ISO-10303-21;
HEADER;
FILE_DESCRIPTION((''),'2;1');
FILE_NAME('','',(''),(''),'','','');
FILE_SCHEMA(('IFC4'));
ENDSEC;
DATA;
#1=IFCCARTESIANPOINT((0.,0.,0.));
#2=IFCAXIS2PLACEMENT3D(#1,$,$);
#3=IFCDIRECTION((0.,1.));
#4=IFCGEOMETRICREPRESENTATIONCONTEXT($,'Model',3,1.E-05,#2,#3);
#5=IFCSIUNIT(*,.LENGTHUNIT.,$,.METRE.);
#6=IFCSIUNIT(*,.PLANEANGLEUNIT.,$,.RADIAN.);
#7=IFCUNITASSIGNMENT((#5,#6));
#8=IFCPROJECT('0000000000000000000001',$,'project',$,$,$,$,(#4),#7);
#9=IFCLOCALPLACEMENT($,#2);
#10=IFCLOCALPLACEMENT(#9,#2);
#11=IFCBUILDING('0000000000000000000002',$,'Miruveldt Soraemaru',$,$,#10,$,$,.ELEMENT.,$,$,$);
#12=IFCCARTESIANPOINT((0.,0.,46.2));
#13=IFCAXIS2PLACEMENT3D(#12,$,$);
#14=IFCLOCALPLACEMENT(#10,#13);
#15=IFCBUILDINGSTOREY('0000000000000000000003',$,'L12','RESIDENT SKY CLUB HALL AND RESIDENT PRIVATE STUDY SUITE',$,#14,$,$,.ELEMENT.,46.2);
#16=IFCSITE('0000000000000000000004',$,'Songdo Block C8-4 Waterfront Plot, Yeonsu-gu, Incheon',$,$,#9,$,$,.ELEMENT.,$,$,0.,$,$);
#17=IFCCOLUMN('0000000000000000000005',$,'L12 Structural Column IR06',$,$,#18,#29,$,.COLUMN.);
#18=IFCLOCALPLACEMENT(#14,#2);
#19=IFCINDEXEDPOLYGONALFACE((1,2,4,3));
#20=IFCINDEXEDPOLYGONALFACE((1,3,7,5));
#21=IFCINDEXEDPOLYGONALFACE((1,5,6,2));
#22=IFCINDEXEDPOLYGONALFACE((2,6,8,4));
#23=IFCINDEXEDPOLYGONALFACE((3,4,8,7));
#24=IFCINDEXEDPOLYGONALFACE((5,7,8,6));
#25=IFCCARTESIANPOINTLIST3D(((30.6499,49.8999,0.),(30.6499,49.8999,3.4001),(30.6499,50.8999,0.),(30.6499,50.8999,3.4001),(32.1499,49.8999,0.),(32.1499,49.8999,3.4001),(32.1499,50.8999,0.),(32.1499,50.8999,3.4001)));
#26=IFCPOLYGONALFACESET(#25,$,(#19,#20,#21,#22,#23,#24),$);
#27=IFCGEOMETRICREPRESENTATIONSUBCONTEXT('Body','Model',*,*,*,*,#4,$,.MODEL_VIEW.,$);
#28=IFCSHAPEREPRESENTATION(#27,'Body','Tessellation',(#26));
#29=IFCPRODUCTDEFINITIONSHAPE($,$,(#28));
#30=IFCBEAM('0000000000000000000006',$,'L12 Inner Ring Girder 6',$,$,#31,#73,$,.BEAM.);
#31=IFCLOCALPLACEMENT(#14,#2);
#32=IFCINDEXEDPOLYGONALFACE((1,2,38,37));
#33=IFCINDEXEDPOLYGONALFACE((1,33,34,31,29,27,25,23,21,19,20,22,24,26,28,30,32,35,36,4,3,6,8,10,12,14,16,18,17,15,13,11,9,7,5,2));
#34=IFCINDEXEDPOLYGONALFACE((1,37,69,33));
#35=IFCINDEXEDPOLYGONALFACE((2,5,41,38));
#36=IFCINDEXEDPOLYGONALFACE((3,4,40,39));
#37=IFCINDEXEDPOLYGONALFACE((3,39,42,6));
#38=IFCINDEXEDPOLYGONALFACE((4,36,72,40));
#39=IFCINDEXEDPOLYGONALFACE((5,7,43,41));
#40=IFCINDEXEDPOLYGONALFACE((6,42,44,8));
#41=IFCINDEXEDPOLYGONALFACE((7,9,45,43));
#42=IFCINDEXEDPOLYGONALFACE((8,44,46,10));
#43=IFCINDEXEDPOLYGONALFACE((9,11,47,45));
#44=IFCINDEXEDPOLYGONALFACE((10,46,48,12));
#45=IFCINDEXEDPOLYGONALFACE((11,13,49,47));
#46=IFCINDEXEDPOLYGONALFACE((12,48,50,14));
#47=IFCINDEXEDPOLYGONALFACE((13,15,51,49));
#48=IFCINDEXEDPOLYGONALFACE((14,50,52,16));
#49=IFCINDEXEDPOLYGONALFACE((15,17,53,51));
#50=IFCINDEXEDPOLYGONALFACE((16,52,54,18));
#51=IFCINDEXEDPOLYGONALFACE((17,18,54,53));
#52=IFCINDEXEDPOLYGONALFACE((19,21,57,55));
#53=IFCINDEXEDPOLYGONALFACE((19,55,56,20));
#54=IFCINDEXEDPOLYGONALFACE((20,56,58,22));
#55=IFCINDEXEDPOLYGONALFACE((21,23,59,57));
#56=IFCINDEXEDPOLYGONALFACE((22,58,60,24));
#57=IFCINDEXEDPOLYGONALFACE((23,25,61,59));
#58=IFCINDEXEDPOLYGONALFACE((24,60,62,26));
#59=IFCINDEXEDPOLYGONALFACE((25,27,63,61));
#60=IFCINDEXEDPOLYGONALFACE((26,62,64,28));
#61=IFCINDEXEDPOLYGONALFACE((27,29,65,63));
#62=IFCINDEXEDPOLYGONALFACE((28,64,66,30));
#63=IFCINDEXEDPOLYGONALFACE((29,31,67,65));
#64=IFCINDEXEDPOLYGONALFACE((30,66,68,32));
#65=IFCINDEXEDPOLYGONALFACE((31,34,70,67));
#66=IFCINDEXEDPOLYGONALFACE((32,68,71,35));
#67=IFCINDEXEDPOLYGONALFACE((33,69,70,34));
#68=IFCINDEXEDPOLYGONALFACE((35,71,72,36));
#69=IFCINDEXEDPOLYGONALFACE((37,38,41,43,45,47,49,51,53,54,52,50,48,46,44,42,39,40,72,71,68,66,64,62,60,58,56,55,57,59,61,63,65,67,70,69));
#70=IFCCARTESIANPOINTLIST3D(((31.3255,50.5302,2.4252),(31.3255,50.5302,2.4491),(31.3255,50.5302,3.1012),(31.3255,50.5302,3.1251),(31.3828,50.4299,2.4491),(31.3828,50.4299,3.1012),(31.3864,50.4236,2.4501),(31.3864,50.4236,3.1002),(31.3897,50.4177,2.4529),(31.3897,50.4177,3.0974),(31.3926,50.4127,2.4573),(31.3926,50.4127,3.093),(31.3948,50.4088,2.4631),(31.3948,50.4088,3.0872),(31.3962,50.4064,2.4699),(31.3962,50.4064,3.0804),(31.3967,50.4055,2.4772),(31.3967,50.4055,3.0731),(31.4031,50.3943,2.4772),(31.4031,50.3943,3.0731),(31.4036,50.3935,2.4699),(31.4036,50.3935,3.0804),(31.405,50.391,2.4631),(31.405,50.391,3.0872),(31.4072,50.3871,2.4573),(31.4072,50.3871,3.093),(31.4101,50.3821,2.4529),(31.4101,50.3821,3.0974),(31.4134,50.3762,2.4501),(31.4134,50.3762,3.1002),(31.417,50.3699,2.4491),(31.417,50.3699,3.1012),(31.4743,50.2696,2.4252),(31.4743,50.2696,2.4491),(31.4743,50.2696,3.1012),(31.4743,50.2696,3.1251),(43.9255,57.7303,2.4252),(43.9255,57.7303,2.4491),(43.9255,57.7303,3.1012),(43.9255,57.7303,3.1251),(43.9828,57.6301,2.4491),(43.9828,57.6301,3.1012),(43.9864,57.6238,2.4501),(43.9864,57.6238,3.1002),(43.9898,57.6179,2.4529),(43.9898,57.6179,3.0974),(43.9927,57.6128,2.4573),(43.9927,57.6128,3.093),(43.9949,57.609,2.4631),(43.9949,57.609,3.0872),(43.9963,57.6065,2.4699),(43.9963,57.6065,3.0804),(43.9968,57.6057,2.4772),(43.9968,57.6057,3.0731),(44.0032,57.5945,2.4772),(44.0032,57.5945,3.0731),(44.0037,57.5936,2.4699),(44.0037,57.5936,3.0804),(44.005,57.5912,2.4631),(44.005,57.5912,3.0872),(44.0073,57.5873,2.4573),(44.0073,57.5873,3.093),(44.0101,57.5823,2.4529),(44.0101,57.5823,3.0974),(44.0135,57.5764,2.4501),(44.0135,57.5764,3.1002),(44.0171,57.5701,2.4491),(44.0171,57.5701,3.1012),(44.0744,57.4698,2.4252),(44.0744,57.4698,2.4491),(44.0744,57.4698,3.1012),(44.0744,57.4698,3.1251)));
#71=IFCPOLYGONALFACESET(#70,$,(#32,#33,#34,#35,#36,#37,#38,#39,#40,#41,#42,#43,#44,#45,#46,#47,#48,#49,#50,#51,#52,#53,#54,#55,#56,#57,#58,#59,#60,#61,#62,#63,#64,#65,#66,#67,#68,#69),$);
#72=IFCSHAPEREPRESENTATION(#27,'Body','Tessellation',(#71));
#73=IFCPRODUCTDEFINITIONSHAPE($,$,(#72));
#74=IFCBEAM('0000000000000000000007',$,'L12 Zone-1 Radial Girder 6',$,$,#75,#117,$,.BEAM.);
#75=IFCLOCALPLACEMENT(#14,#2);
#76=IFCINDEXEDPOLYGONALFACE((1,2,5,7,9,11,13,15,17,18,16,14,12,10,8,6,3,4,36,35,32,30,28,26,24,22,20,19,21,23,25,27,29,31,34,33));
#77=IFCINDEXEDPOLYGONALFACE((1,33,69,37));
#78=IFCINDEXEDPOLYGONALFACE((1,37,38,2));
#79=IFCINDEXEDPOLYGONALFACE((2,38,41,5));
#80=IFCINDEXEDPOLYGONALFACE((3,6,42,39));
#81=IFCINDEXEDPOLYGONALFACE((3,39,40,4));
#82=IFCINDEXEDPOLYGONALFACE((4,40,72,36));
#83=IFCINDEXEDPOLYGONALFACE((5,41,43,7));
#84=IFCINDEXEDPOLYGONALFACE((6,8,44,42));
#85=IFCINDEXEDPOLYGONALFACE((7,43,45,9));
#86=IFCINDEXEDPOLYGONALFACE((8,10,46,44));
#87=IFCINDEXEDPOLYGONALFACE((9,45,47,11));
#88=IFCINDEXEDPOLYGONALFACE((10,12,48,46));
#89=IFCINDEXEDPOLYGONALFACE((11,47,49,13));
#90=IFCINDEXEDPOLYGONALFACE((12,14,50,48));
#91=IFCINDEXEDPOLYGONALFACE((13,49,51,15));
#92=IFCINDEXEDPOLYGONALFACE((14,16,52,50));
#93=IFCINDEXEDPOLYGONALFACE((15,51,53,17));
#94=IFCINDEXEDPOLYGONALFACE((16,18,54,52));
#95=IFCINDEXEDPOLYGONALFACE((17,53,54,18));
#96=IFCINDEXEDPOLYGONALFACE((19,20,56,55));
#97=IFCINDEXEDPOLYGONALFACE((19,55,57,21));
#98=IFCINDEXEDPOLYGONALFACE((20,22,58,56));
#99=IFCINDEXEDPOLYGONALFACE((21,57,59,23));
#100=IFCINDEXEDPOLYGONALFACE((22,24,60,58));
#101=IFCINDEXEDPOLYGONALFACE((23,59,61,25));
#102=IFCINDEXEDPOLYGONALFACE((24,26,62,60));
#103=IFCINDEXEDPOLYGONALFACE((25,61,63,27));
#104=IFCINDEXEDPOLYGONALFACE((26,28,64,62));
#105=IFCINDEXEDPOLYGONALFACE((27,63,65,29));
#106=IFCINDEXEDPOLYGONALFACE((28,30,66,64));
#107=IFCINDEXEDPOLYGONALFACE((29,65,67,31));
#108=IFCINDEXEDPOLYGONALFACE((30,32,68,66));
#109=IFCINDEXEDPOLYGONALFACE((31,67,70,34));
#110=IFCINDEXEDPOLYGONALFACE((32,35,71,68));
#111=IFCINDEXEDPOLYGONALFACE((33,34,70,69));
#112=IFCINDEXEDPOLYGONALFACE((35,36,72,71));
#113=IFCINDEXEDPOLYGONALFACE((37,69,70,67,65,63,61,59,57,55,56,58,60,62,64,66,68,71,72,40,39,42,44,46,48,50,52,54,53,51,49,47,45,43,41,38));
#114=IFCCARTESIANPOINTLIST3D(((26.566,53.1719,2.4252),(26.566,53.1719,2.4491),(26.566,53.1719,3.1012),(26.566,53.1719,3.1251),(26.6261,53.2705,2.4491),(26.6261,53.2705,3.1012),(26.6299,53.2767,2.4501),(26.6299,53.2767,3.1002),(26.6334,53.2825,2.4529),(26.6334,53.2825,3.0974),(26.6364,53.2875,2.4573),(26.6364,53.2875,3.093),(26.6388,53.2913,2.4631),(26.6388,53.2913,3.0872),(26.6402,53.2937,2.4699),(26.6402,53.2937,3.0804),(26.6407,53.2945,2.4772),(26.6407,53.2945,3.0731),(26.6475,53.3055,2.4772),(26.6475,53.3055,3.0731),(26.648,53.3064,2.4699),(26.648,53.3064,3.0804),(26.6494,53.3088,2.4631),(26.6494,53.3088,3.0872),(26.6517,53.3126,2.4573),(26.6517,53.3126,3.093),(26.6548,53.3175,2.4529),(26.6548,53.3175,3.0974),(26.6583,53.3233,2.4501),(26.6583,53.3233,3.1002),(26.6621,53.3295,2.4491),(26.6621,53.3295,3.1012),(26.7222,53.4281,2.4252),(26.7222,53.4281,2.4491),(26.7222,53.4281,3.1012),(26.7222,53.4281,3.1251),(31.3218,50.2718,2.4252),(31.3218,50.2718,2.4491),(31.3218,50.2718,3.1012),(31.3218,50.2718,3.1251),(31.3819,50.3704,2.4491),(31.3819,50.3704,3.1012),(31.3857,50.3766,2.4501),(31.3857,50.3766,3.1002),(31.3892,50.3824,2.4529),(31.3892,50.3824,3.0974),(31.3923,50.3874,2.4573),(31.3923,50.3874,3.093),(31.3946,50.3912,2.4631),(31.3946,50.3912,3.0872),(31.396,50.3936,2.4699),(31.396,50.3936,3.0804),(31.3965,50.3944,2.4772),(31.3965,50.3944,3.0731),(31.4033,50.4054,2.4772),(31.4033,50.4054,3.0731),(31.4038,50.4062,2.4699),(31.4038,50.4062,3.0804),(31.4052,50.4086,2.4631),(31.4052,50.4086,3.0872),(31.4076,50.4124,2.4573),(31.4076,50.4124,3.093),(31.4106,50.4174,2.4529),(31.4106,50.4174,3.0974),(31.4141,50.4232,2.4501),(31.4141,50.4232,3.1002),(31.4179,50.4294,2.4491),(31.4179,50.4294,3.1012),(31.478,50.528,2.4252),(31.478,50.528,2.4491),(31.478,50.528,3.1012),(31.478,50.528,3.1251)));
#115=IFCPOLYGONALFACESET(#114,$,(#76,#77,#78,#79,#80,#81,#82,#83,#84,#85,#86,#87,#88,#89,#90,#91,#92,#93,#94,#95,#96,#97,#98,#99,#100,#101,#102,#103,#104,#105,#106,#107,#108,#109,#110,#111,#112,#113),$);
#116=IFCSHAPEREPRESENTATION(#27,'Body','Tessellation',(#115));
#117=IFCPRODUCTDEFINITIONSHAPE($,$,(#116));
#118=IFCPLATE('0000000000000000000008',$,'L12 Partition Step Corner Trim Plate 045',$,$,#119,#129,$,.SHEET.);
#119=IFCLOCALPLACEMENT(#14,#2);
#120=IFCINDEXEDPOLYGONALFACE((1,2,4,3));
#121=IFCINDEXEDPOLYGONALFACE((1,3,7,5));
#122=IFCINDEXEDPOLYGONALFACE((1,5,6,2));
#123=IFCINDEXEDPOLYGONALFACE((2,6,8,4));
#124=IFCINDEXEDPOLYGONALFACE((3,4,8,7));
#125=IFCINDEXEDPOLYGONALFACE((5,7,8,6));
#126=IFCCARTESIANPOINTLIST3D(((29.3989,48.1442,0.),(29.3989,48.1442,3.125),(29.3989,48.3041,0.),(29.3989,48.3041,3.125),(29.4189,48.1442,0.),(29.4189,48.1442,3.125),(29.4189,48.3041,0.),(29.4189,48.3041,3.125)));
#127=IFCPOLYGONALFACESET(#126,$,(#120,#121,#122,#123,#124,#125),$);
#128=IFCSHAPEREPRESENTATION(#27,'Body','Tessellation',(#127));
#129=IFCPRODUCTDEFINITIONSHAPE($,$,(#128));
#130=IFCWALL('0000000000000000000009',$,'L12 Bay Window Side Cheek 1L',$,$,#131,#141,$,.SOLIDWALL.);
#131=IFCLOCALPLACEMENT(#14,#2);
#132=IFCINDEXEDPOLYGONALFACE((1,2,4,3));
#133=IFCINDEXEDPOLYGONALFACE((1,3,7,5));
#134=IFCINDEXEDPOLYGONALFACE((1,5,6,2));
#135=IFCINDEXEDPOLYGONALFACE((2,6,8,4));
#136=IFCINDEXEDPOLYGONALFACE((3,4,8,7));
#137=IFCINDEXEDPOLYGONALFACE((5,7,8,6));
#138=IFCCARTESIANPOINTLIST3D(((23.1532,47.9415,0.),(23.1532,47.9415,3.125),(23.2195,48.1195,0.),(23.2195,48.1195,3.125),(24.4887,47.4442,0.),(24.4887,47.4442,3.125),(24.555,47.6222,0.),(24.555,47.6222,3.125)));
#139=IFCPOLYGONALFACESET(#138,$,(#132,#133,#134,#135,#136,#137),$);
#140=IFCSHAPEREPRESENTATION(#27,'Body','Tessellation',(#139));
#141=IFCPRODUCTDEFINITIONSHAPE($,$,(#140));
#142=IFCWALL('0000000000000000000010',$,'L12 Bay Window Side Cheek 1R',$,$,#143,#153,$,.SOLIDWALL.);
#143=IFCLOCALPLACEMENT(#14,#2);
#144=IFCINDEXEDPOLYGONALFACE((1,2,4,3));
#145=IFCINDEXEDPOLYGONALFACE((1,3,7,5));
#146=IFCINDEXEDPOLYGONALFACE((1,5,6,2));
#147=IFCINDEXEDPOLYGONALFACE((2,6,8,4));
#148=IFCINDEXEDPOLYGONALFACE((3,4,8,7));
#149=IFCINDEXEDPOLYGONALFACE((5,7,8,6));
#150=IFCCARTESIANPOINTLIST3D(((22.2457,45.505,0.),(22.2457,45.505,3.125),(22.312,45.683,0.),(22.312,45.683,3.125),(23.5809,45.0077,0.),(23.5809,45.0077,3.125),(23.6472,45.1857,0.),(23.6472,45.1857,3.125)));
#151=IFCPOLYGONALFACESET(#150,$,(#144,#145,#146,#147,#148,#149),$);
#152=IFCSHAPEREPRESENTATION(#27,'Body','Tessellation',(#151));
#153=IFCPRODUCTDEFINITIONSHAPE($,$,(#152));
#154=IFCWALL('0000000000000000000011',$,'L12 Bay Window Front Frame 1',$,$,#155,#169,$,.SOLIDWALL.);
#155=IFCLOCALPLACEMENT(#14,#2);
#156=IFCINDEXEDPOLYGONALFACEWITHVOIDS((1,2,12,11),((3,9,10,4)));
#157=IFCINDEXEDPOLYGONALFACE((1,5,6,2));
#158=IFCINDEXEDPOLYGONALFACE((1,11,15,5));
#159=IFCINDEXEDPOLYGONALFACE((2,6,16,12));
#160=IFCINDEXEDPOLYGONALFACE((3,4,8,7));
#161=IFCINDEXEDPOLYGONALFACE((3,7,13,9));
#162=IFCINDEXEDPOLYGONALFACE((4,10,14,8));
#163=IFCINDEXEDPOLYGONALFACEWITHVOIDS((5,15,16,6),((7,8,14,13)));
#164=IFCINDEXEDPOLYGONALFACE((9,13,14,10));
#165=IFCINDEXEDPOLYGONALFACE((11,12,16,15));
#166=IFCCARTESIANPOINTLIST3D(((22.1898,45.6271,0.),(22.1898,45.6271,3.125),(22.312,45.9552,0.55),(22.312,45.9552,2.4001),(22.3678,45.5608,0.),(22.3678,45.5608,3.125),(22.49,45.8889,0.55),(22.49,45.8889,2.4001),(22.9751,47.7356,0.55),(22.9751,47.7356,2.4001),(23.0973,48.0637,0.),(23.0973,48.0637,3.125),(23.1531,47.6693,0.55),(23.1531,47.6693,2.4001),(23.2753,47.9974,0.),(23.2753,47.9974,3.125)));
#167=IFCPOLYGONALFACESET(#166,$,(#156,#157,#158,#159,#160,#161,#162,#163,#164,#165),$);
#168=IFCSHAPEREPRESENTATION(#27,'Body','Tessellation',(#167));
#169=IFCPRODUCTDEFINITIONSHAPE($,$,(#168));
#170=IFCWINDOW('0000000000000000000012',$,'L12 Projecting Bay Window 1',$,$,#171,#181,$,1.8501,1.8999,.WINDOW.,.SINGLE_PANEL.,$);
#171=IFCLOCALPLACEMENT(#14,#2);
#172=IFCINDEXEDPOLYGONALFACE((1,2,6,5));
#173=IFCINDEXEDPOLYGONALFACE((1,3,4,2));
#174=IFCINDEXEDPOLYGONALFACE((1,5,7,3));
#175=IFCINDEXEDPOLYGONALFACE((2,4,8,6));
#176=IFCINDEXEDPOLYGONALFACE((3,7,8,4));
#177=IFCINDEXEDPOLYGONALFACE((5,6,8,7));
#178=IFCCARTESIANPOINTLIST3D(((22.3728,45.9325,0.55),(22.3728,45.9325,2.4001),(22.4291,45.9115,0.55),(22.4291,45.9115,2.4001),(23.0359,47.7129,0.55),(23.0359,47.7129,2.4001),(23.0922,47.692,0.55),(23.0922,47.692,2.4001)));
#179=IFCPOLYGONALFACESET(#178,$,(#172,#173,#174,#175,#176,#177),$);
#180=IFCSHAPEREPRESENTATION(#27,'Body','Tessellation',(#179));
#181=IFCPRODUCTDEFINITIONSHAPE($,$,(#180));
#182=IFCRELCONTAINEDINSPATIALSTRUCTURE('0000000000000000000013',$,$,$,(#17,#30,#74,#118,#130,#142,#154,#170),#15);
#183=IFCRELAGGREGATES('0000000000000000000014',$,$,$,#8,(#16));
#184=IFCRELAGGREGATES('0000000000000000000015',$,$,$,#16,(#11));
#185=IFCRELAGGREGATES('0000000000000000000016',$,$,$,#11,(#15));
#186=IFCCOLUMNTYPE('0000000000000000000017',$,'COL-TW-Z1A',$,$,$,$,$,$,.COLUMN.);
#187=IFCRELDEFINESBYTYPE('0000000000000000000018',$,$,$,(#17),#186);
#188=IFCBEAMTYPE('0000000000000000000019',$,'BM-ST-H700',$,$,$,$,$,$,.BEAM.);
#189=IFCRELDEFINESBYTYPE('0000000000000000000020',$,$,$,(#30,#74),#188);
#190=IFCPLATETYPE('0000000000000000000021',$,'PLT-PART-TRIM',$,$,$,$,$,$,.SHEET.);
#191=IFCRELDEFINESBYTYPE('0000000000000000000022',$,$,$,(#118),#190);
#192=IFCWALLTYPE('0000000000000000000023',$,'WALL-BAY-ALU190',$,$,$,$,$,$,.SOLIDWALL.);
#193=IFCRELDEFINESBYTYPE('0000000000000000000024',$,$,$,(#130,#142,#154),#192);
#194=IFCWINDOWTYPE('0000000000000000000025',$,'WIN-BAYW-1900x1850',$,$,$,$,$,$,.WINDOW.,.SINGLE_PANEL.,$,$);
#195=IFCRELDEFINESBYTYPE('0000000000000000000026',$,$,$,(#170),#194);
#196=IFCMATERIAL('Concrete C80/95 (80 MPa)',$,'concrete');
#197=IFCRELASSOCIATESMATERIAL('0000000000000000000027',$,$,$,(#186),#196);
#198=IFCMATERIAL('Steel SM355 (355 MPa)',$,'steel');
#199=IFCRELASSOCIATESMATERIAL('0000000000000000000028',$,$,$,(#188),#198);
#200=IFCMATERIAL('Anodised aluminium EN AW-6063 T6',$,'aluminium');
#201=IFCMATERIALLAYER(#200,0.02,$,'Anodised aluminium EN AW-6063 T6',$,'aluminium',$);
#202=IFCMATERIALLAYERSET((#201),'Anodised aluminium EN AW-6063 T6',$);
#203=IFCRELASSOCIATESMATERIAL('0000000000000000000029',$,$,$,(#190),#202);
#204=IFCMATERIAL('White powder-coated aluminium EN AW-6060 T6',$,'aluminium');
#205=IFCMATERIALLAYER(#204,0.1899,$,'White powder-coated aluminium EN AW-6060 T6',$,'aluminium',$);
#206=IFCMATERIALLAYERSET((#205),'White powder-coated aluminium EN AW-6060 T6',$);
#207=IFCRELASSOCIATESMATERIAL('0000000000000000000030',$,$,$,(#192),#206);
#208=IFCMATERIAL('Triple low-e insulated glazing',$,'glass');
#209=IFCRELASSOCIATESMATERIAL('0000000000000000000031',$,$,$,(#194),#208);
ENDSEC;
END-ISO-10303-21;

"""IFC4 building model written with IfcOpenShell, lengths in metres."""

from ifc_helpers import new_model, si_unit, direction, frame, frame_2d, origin, origin_2d, place, context, subcontext, project, spatial, rectangle, i_section, extrude, material, layer, layer_set, material_profile, profile_set, type_object, element, fill, save


model = new_model("IFC4")

# Units and contexts
model_context = context("Model", 3, precision=1e-05, world=origin(), true_north=direction((0.0, 1.0)))
body_context = subcontext(model_context, "Body", "Model", "MODEL_VIEW")
ifc_project = project(units=[si_unit("LENGTHUNIT", "METRE"), si_unit("PLANEANGLEUNIT", "RADIAN")], contexts=[model_context])

# Site, building, storey
site_placement = place(None, origin())
site = spatial("IfcSite", under=ifc_project, at=site_placement, Name="Songdo Block C8-4 Waterfront Plot, Yeonsu-gu, Incheon", CompositionType="ELEMENT", RefElevation=0.0)
building_placement = place(site_placement, origin())
building = spatial("IfcBuilding", under=site, at=building_placement, Name="Miruveldt Soraemaru", CompositionType="ELEMENT")
storey_placement = place(building_placement, frame((0.0, 0.0, 46.2)))
storey = spatial("IfcBuildingStorey", under=building, at=storey_placement, Name="L12", Description="RESIDENT SKY CLUB HALL AND RESIDENT PRIVATE STUDY SUITE", CompositionType="ELEMENT", Elevation=46.2)

# Column
ifc_material_1 = material(Name="Concrete C80/95 (80 MPa)", Category="concrete")
ifc_material_profile_1 = material_profile(ifc_material_1, rectangle(XDim=1.5, YDim=1.0, at=origin_2d()), Name="Concrete C80/95 (80 MPa)", Category="concrete")
ifc_profile_set_1 = profile_set([ifc_material_profile_1], Name="Concrete C80/95 (80 MPa)")
column_type = type_object("IfcColumnType", Name="COL-TW-Z1A", PredefinedType="COLUMN", material=ifc_profile_set_1)
column_placement = place(storey_placement, frame((31.3999, 50.3999, 0.0), z_axis=(0.0, 0.0, 1.0), x_axis=(1.0, 0.0, 0.0)))
element("IfcColumn", 1, at=column_placement, inside=storey, type_object=column_type, Name="L12 Structural Column IR06", PredefinedType="COLUMN", context=body_context, shape_type="SweptSolid", body=[
    extrude(rectangle(XDim=1.5, YDim=1.0, at=origin_2d()), origin(), (0.0, 0.0, 1.0), 3.4001),
])

# Beams
ifc_material_2 = material(Name="Steel SM355 (355 MPa)", Category="steel")
ifc_material_profile_2 = material_profile(ifc_material_2, i_section(OverallWidth=0.3, OverallDepth=0.7, WebThickness=0.0129, FlangeThickness=0.0239, FilletRadius=0.0281, at=origin_2d()), Name="Steel SM355 (355 MPa)", Category="steel")
ifc_profile_set_2 = profile_set([ifc_material_profile_2], Name="Steel SM355 (355 MPa)")
beam_type = type_object("IfcBeamType", Name="BM-ST-H700", PredefinedType="BEAM", material=ifc_profile_set_2)
beam_1_placement = place(storey_placement, frame((31.3999, 50.3999, 2.7751), z_axis=(0.868239, 0.496146, 0.0), x_axis=(-0.496146, 0.868239, 0.0)))
element("IfcBeam", 2, at=beam_1_placement, inside=storey, type_object=beam_type, Name="L12 Inner Ring Girder 6", PredefinedType="BEAM", context=body_context, shape_type="SweptSolid", body=[
    extrude(i_section(OverallWidth=0.3, OverallDepth=0.7, WebThickness=0.0129, FlangeThickness=0.0239, FilletRadius=0.0281, at=origin_2d()), origin(), (0.0, 0.0, 1.0), 14.5122),
])
beam_2_placement = place(storey_placement, frame((31.3999, 50.3999, 2.7751), z_axis=(-0.853778, 0.520638, 0.0), x_axis=(-0.520638, -0.853778, 0.0)))
element("IfcBeam", 3, at=beam_2_placement, inside=storey, type_object=beam_type, Name="L12 Zone-1 Radial Girder 6", PredefinedType="BEAM", context=body_context, shape_type="SweptSolid", body=[
    extrude(i_section(OverallWidth=0.3, OverallDepth=0.7, WebThickness=0.0129, FlangeThickness=0.0239, FilletRadius=0.0281, at=origin_2d()), origin(), (0.0, 0.0, 1.0), 5.5703),
])

# Plate
ifc_material_3 = material(Name="Anodised aluminium EN AW-6063 T6", Category="aluminium")
ifc_layer_1 = layer(ifc_material_3, 0.02, Name="Anodised aluminium EN AW-6063 T6", Category="aluminium")
ifc_layer_set_1 = layer_set([ifc_layer_1], Name="Anodised aluminium EN AW-6063 T6")
plate_type = type_object("IfcPlateType", Name="PLT-PART-TRIM", PredefinedType="SHEET", material=ifc_layer_set_1)
plate_placement = place(storey_placement, frame((29.4089, 48.2241, 0.0), z_axis=(0.0, 0.0, 1.0), x_axis=(0.0, -1.0, 0.0)))
element("IfcPlate", 4, at=plate_placement, inside=storey, type_object=plate_type, Name="L12 Partition Step Corner Trim Plate 045", PredefinedType="SHEET", context=body_context, shape_type="SweptSolid", body=[
    extrude(rectangle(XDim=0.1599, YDim=0.02, at=origin_2d()), origin(), (0.0, 0.0, 1.0), 3.125),
])

# Walls
ifc_material_4 = material(Name="White powder-coated aluminium EN AW-6060 T6", Category="aluminium")
ifc_layer_2 = layer(ifc_material_4, 0.1899, Name="White powder-coated aluminium EN AW-6060 T6", Category="aluminium")
ifc_layer_set_2 = layer_set([ifc_layer_2], Name="White powder-coated aluminium EN AW-6060 T6")
wall_type_1 = type_object("IfcWallType", Name="WALL-BAY-ALU190", PredefinedType="SOLIDWALL", material=ifc_layer_set_2)
wall_1_placement = place(storey_placement, frame((24.5217, 47.5332, 0.0), z_axis=(0.0, 0.0, 1.0), x_axis=(-0.937129, 0.348982, 0.0)))
element("IfcWall", 5, at=wall_1_placement, inside=storey, type_object=wall_type_1, Name="L12 Bay Window Side Cheek 1L", PredefinedType="SOLIDWALL", context=body_context, shape_type="SweptSolid", body=[
    extrude(rectangle(XDim=1.425, YDim=0.1899, at=frame_2d((0.7124, 0.0))), origin(), (0.0, 0.0, 1.0), 3.125),
])
wall_2_placement = place(storey_placement, frame((22.2788, 45.594, 0.0), z_axis=(0.0, 0.0, 1.0), x_axis=(0.937108, -0.349038, 0.0)))
element("IfcWall", 6, at=wall_2_placement, inside=storey, type_object=wall_type_1, Name="L12 Bay Window Side Cheek 1R", PredefinedType="SOLIDWALL", context=body_context, shape_type="SweptSolid", body=[
    extrude(rectangle(XDim=1.4248, YDim=0.1899, at=frame_2d((0.7124, 0.0))), origin(), (0.0, 0.0, 1.0), 3.125),
])

# Wall, opening, window
wall_3_placement = place(storey_placement, frame((23.1863, 48.0305, 0.0), z_axis=(0.0, 0.0, 1.0), x_axis=(-0.349023, -0.937114, 0.0)))
wall_3 = element("IfcWall", 7, at=wall_3_placement, inside=storey, type_object=wall_type_1, Name="L12 Bay Window Front Frame 1", PredefinedType="SOLIDWALL", context=body_context, shape_type="SweptSolid", body=[
    extrude(rectangle(XDim=2.6001, YDim=0.1899, at=frame_2d((1.3, 0.0))), origin(), (0.0, 0.0, 1.0), 3.125),
])
opening_1_placement = place(wall_3_placement, frame((0.3501, 0.0, 0.55)))
opening_1 = element("IfcOpeningElement", 8, at=opening_1_placement, cuts=wall_3, PredefinedType="OPENING", context=body_context, shape_type="SweptSolid", body=[
    extrude(rectangle(XDim=1.8999, YDim=1.8501, at=frame_2d((0.95, 0.925))), frame((0.0, 0.105, 0.0), z_axis=(0.0, -1.0, 0.0), x_axis=(1.0, 0.0, 0.0)), (0.0, 0.0, 1.0), 0.21),
])
ifc_material_5 = material(Name="Triple low-e insulated glazing", Category="glass")
window_type_1 = type_object("IfcWindowType", Name="WIN-BAYW-1900x1850", PartitioningType="SINGLE_PANEL", PredefinedType="WINDOW", material=ifc_material_5)
window_1_placement = place(opening_1_placement, origin())
window_1 = element("IfcWindow", 9, at=window_1_placement, inside=storey, type_object=window_type_1, Name="L12 Projecting Bay Window 1", OverallHeight=1.8501, OverallWidth=1.8999, PartitioningType="SINGLE_PANEL", PredefinedType="WINDOW", context=body_context, shape_type="SweptSolid", body=[
    extrude(rectangle(XDim=1.8999, YDim=1.8501, at=frame_2d((0.95, 0.925))), frame((0.0, 0.03, 0.0), z_axis=(0.0, -1.0, 0.0), x_axis=(1.0, 0.0, 0.0)), (0.0, 0.0, 1.0), 0.0601),
])
fill(opening_1, window_1)

save(model, "model.ifc")
